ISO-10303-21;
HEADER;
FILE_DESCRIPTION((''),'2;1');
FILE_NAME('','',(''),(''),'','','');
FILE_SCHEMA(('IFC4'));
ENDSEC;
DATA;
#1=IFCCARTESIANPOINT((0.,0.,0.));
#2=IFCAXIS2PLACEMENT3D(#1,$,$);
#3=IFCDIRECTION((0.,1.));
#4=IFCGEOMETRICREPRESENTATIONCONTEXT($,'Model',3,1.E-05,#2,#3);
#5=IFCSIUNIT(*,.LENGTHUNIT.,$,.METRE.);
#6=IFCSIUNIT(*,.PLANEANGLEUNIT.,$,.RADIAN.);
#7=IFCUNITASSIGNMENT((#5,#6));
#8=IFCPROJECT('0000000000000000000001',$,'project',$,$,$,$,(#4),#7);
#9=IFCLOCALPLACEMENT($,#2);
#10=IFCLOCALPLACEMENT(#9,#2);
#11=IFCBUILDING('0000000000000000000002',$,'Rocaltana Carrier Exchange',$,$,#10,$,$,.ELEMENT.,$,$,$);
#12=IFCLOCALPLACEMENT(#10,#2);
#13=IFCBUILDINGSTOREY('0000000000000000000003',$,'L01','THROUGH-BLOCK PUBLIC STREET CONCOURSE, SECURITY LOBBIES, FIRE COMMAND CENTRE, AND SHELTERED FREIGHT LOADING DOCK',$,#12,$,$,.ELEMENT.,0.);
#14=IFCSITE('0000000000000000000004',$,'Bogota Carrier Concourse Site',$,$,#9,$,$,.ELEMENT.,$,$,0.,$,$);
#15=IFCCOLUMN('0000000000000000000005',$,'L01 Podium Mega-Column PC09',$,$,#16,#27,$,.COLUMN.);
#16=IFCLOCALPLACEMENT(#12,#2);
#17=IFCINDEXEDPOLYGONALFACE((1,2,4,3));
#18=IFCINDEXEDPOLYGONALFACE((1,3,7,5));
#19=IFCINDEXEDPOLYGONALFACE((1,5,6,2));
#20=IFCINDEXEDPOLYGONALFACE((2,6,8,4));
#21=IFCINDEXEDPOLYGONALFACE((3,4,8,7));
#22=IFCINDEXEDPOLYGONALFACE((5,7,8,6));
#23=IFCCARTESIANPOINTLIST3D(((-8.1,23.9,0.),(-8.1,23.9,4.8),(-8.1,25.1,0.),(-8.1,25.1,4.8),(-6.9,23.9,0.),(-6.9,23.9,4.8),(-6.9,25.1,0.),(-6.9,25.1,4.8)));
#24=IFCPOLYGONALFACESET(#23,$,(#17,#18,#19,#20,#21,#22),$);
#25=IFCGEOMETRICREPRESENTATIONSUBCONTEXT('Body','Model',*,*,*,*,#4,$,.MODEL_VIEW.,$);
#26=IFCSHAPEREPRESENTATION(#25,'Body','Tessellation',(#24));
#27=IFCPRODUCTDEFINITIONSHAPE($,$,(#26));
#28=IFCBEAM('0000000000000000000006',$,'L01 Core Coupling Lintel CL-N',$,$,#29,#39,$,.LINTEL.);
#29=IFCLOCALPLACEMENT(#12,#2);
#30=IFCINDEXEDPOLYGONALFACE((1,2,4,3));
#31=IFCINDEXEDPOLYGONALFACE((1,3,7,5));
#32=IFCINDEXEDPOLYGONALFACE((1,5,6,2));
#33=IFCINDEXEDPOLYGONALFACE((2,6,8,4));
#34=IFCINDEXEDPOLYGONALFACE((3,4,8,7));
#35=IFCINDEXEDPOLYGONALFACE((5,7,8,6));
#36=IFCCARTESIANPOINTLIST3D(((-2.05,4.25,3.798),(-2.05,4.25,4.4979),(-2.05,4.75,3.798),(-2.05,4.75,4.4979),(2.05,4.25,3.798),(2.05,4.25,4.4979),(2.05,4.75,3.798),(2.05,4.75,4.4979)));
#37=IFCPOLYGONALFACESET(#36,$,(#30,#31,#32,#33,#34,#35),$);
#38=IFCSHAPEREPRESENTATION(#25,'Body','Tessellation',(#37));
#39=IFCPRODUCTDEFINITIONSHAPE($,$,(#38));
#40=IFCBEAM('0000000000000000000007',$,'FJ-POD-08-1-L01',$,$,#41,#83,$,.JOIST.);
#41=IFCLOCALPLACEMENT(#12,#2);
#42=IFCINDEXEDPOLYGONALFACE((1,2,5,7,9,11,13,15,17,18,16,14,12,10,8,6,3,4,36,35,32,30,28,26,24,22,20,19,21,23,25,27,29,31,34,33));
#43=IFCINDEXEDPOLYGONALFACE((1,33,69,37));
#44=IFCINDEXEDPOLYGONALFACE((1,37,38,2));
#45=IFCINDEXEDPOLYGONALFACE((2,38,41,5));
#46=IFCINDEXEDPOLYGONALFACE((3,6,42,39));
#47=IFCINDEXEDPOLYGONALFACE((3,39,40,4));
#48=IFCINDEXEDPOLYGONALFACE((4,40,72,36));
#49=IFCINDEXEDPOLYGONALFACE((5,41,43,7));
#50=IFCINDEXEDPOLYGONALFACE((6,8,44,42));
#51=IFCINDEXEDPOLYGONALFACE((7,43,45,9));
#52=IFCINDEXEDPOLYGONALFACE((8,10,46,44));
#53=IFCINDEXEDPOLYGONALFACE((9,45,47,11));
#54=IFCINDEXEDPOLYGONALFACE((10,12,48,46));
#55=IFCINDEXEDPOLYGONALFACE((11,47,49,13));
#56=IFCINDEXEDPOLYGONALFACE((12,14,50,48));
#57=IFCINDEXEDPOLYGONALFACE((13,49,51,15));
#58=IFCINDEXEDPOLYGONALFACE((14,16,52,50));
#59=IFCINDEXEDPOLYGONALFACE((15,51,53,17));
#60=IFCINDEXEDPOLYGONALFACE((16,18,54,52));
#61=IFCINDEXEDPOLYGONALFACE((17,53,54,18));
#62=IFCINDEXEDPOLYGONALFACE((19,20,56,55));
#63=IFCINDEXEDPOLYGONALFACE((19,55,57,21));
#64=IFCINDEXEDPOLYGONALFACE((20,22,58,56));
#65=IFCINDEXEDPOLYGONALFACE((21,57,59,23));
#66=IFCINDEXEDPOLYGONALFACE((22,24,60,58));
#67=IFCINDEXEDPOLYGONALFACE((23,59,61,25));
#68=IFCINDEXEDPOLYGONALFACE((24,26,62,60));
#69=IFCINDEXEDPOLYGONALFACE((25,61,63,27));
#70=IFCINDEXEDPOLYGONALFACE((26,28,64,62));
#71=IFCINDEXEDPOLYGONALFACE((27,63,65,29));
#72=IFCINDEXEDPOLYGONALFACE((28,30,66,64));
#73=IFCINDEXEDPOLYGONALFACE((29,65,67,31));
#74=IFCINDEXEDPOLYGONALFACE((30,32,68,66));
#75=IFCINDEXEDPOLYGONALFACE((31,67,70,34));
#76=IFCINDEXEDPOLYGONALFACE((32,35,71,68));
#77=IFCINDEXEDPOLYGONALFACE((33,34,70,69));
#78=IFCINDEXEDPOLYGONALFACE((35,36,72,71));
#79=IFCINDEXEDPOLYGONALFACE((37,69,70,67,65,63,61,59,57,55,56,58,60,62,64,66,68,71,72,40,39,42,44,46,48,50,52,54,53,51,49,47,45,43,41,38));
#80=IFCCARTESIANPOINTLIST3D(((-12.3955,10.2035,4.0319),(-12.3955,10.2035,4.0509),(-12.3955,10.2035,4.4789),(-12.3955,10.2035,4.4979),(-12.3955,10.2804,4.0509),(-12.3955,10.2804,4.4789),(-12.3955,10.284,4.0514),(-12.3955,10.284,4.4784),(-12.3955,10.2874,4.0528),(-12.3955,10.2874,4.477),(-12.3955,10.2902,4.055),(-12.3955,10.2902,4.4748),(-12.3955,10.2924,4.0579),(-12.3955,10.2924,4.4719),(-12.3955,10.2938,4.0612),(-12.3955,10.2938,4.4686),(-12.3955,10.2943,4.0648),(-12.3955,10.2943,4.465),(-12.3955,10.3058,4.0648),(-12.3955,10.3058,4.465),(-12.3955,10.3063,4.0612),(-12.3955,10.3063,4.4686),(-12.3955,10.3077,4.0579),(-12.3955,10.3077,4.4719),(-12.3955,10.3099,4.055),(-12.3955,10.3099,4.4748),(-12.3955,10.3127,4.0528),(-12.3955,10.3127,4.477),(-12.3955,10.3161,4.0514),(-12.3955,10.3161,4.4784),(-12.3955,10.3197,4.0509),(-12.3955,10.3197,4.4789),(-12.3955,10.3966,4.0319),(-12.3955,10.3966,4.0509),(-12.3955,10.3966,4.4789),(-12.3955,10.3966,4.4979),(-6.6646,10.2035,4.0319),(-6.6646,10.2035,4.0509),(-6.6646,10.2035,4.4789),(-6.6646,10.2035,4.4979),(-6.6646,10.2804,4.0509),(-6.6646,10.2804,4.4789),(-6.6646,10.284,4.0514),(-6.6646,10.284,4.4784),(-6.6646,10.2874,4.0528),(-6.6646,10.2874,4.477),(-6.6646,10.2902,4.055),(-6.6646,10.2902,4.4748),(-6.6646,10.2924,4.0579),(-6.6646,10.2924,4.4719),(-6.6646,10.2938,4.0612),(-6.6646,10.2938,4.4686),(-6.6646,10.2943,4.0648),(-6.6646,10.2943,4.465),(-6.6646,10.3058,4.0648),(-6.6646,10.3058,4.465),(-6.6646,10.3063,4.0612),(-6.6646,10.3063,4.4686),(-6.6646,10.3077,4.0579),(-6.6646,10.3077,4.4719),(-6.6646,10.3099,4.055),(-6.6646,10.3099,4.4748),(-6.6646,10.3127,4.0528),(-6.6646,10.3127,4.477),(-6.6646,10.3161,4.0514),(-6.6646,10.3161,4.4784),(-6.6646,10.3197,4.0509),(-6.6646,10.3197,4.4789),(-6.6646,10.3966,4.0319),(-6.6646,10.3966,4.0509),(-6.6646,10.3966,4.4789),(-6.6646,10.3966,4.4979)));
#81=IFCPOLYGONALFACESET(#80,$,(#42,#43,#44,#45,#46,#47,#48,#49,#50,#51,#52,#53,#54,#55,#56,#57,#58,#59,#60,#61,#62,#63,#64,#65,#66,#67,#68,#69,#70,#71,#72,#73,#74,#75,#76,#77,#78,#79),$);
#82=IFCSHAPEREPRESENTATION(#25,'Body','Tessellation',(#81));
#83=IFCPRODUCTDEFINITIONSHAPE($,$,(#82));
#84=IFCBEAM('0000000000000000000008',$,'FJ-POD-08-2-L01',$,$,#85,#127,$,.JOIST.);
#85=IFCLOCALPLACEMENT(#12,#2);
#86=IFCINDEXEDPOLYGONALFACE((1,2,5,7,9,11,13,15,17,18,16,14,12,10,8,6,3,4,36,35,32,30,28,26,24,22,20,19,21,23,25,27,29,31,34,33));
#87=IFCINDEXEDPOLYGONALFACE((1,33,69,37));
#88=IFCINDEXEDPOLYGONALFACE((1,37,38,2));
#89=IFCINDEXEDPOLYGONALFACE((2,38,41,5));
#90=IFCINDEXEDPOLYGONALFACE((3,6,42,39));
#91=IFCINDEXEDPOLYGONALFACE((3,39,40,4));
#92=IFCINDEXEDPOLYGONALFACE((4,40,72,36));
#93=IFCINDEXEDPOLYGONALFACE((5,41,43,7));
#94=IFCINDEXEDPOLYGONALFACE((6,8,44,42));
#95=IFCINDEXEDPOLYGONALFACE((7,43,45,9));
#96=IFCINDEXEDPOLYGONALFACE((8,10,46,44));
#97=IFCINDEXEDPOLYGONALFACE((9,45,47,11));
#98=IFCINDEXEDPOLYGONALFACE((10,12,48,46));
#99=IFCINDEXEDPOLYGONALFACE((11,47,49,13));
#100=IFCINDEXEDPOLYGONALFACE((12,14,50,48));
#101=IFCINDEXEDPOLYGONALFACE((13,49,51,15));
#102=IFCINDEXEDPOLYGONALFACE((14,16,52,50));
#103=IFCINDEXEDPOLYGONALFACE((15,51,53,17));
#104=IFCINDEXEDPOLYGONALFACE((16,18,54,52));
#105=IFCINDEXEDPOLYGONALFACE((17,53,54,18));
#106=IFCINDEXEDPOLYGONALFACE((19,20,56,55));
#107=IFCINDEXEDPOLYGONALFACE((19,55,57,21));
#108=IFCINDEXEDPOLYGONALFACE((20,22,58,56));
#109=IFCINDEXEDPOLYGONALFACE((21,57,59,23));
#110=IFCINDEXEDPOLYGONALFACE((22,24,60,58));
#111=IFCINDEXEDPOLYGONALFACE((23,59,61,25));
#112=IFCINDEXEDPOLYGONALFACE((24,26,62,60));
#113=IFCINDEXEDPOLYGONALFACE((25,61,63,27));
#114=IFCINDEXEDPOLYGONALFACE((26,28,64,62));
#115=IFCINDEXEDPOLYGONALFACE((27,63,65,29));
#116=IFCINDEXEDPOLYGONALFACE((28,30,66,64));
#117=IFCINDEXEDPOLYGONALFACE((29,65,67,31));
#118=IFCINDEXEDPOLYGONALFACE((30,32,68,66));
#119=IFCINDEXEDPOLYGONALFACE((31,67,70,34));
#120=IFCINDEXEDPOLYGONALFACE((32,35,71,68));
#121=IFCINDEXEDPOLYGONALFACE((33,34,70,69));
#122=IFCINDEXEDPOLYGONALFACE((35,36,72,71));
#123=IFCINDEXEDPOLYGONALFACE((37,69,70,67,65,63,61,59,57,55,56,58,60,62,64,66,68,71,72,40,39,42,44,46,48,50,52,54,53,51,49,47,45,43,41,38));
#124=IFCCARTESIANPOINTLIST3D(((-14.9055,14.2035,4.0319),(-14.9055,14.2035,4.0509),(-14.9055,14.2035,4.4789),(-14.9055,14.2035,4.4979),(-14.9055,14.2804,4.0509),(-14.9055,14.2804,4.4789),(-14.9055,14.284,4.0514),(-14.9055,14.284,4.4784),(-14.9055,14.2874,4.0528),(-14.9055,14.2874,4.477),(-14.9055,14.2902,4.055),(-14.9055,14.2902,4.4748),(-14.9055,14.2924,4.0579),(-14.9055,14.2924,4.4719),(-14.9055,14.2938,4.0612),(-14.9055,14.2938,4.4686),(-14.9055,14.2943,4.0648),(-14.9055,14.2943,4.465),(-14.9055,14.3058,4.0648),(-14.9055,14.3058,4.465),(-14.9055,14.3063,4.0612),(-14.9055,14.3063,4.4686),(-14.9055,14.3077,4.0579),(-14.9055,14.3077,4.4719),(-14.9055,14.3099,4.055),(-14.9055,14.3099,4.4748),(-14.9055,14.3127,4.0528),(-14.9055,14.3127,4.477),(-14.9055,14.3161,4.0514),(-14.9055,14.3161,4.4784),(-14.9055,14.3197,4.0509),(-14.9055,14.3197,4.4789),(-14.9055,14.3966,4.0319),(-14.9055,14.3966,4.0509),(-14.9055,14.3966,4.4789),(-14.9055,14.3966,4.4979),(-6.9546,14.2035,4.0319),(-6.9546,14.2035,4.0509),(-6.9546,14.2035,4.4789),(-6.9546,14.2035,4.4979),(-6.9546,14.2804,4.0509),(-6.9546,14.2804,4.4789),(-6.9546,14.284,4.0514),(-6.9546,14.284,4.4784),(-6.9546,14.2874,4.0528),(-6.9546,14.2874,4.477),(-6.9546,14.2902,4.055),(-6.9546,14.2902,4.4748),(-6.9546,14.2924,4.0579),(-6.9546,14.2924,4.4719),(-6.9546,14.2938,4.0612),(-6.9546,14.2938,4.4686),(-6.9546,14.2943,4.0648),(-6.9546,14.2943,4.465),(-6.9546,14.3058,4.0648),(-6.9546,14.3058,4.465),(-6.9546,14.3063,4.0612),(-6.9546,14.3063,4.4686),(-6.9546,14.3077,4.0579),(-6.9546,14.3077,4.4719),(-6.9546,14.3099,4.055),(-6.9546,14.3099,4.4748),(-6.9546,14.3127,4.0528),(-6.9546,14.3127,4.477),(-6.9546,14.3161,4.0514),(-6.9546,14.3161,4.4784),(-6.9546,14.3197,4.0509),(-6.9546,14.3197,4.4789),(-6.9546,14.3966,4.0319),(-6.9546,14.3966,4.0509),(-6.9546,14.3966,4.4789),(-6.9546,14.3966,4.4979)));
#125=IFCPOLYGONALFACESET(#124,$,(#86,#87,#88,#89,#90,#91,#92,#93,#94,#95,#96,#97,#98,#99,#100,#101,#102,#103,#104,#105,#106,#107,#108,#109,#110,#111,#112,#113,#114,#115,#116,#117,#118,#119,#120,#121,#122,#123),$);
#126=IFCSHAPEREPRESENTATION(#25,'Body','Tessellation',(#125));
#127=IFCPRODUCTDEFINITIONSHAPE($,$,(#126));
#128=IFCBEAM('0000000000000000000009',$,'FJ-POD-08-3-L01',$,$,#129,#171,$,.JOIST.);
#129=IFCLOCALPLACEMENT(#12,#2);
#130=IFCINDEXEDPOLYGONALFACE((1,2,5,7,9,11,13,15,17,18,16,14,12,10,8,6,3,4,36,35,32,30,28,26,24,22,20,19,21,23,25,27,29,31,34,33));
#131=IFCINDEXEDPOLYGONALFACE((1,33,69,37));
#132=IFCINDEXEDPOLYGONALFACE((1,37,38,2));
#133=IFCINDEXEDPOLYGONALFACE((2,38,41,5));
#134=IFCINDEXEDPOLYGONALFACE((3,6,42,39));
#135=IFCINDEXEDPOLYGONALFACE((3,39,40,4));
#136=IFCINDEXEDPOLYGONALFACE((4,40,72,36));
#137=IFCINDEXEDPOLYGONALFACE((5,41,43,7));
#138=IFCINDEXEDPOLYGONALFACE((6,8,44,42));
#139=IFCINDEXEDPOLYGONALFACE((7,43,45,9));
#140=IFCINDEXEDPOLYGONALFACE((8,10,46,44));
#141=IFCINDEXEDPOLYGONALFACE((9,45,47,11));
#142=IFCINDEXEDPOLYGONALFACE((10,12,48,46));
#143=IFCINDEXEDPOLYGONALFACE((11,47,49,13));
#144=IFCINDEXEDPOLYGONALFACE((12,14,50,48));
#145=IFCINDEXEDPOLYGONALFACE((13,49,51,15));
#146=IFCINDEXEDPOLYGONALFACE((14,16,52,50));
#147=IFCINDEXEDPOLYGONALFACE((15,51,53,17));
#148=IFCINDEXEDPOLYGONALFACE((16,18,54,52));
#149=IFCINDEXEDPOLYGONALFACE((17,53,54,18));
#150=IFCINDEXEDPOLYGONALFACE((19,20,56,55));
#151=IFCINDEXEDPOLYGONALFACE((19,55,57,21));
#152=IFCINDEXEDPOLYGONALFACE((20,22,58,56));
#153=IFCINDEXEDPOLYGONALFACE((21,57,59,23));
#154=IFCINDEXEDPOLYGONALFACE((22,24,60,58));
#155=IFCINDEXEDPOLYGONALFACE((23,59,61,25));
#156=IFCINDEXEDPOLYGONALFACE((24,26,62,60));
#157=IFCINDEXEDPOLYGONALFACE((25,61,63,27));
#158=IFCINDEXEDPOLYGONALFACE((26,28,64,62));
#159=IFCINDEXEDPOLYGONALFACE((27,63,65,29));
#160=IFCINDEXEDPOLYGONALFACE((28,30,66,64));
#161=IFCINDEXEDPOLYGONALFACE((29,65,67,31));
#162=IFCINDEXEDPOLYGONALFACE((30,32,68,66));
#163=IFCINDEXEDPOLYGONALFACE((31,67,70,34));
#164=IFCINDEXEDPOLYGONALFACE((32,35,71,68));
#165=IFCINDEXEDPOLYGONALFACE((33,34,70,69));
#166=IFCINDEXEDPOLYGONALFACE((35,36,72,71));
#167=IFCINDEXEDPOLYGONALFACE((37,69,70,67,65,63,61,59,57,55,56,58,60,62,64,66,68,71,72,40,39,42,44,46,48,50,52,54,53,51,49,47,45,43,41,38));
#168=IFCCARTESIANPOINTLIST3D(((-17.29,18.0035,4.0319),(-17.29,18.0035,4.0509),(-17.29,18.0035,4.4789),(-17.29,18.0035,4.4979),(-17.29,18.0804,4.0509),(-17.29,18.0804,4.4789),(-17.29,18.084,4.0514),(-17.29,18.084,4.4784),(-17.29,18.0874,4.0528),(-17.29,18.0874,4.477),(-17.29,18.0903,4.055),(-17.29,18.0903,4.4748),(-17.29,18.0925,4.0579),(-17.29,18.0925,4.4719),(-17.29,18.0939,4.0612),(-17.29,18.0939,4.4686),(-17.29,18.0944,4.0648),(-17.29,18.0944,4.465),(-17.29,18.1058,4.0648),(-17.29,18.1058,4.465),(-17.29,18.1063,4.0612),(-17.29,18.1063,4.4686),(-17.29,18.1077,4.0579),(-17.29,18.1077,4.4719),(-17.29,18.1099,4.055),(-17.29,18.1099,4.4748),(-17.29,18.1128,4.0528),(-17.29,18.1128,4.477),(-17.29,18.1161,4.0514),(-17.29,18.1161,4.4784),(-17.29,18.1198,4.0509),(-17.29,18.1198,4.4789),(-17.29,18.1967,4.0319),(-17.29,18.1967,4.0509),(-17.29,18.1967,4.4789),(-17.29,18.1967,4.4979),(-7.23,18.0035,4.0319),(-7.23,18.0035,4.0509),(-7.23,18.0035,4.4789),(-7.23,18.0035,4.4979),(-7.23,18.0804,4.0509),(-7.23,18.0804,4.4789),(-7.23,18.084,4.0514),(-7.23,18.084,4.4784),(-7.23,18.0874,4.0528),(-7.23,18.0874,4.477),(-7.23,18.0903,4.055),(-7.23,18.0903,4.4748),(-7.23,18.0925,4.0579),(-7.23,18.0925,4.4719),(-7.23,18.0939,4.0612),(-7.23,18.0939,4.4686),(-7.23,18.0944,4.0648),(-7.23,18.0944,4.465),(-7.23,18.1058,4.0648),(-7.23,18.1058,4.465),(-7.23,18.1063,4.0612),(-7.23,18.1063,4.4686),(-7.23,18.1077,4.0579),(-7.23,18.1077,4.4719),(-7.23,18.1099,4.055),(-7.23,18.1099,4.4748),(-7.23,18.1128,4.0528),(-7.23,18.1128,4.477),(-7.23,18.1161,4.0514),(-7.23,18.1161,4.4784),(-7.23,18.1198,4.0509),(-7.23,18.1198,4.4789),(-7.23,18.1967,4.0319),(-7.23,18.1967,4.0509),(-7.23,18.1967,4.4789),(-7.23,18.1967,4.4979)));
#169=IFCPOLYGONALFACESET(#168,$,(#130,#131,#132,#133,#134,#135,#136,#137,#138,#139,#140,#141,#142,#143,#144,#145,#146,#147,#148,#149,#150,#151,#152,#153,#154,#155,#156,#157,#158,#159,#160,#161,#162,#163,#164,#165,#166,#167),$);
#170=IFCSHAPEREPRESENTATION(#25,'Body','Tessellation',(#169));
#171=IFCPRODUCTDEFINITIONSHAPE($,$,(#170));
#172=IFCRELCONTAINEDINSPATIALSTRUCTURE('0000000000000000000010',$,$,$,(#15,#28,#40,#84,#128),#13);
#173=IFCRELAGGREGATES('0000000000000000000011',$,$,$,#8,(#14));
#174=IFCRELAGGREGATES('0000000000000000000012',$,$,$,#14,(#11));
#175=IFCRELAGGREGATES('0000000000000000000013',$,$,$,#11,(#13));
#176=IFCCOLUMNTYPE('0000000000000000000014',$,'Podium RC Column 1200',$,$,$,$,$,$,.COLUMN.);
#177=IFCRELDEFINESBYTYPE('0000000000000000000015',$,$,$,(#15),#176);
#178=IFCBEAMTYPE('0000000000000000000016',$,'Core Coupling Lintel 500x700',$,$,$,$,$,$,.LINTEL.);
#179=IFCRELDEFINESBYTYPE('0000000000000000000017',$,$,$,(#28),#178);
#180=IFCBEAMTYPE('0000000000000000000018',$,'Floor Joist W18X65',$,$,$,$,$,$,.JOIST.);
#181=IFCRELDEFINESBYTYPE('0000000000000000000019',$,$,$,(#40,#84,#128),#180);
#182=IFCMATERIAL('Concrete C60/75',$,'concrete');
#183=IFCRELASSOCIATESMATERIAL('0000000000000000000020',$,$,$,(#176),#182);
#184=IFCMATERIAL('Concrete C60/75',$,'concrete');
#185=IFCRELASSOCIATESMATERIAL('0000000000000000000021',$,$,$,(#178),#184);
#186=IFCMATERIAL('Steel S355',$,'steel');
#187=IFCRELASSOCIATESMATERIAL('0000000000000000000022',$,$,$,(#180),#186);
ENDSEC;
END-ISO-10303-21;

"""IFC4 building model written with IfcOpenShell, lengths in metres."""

from ifc_helpers import new_model, si_unit, direction, frame, origin, origin_2d, place, context, subcontext, project, spatial, rectangle, i_section, extrude, material, material_profile, profile_set, type_object, element, save


model = new_model("IFC4")

# Units and contexts
model_context = context("Model", 3, precision=1e-05, world=origin(), true_north=direction((0.0, 1.0)))
body_context = subcontext(model_context, "Body", "Model", "MODEL_VIEW")
ifc_project = project(units=[si_unit("LENGTHUNIT", "METRE"), si_unit("PLANEANGLEUNIT", "RADIAN")], contexts=[model_context])

# Site, building, storey
site_placement = place(None, origin())
site = spatial("IfcSite", under=ifc_project, at=site_placement, Name="Bogota Carrier Concourse Site", CompositionType="ELEMENT", RefElevation=0.0)
building_placement = place(site_placement, origin())
building = spatial("IfcBuilding", under=site, at=building_placement, Name="Rocaltana Carrier Exchange", CompositionType="ELEMENT")
storey_placement = place(building_placement, origin())
storey = spatial("IfcBuildingStorey", under=building, at=storey_placement, Name="L01", Description="THROUGH-BLOCK PUBLIC STREET CONCOURSE, SECURITY LOBBIES, FIRE COMMAND CENTRE, AND SHELTERED FREIGHT LOADING DOCK", CompositionType="ELEMENT", Elevation=0.0)

# Column
ifc_material_1 = material(Name="Concrete C60/75", Category="concrete")
ifc_material_profile_1 = material_profile(ifc_material_1, rectangle(XDim=1.2, YDim=1.2, at=origin_2d()), Name="RC-COL-1200X1200")
ifc_profile_set_1 = profile_set([ifc_material_profile_1], Name="Concrete C60/75")
column_type = type_object("IfcColumnType", Name="Podium RC Column 1200", PredefinedType="COLUMN", material=ifc_profile_set_1)
column_placement = place(storey_placement, frame((-7.5, 24.5, 0.0), z_axis=(0.0, 0.0, 1.0), x_axis=(1.0, 0.0, 0.0)))
element("IfcColumn", 1, at=column_placement, inside=storey, type_object=column_type, Name="L01 Podium Mega-Column PC09", PredefinedType="COLUMN", context=body_context, shape_type="SweptSolid", body=[
    extrude(rectangle(XDim=1.2, YDim=1.2, at=origin_2d()), origin(), (0.0, 0.0, 1.0), 4.8),
])

# Beams
ifc_material_2 = material(Name="Concrete C60/75", Category="concrete")
ifc_material_profile_2 = material_profile(ifc_material_2, rectangle(XDim=0.5, YDim=0.7, at=origin_2d()), Name="RC-BM-500X700")
ifc_profile_set_2 = profile_set([ifc_material_profile_2], Name="Concrete C60/75")
beam_type_1 = type_object("IfcBeamType", Name="Core Coupling Lintel 500x700", PredefinedType="LINTEL", material=ifc_profile_set_2)
beam_1_placement = place(storey_placement, frame((-2.05, 4.5, 4.1479), z_axis=(1.0, 0.0, 0.0), x_axis=(0.0, 1.0, 0.0)))
element("IfcBeam", 2, at=beam_1_placement, inside=storey, type_object=beam_type_1, Name="L01 Core Coupling Lintel CL-N", PredefinedType="LINTEL", context=body_context, shape_type="SweptSolid", body=[
    extrude(rectangle(XDim=0.5, YDim=0.7, at=origin_2d()), origin(), (0.0, 0.0, 1.0), 4.1001),
])
ifc_material_3 = material(Name="Steel S355", Category="steel")
ifc_material_profile_3 = material_profile(ifc_material_3, i_section(OverallWidth=0.1931, OverallDepth=0.4661, WebThickness=0.0115, FlangeThickness=0.019, FilletRadius=0.0139, at=origin_2d()), Name="W18X65")
ifc_profile_set_3 = profile_set([ifc_material_profile_3], Name="Steel S355")
beam_type_2 = type_object("IfcBeamType", Name="Floor Joist W18X65", PredefinedType="JOIST", material=ifc_profile_set_3)
beam_2_placement = place(storey_placement, frame((-6.6646, 10.3, 4.2649), z_axis=(-1.0, 0.0, 0.0), x_axis=(0.0, -1.0, 0.0)))
element("IfcBeam", 3, at=beam_2_placement, inside=storey, type_object=beam_type_2, Name="FJ-POD-08-1-L01", PredefinedType="JOIST", context=body_context, shape_type="SweptSolid", body=[
    extrude(i_section(OverallWidth=0.1931, OverallDepth=0.4661, WebThickness=0.0115, FlangeThickness=0.019, FilletRadius=0.0139, at=origin_2d()), origin(), (0.0, 0.0, 1.0), 5.731),
])
beam_3_placement = place(storey_placement, frame((-6.9546, 14.3, 4.2649), z_axis=(-1.0, 0.0, 0.0), x_axis=(0.0, -1.0, 0.0)))
element("IfcBeam", 4, at=beam_3_placement, inside=storey, type_object=beam_type_2, Name="FJ-POD-08-2-L01", PredefinedType="JOIST", context=body_context, shape_type="SweptSolid", body=[
    extrude(i_section(OverallWidth=0.1931, OverallDepth=0.4661, WebThickness=0.0115, FlangeThickness=0.019, FilletRadius=0.0139, at=origin_2d()), origin(), (0.0, 0.0, 1.0), 7.9509),
])
beam_4_placement = place(storey_placement, frame((-7.23, 18.1001, 4.2649), z_axis=(-1.0, 0.0, 0.0), x_axis=(0.0, -1.0, 0.0)))
element("IfcBeam", 5, at=beam_4_placement, inside=storey, type_object=beam_type_2, Name="FJ-POD-08-3-L01", PredefinedType="JOIST", context=body_context, shape_type="SweptSolid", body=[
    extrude(i_section(OverallWidth=0.1931, OverallDepth=0.4661, WebThickness=0.0115, FlangeThickness=0.019, FilletRadius=0.0139, at=origin_2d()), origin(), (0.0, 0.0, 1.0), 10.0601),
])

save(model, "model.ifc")
